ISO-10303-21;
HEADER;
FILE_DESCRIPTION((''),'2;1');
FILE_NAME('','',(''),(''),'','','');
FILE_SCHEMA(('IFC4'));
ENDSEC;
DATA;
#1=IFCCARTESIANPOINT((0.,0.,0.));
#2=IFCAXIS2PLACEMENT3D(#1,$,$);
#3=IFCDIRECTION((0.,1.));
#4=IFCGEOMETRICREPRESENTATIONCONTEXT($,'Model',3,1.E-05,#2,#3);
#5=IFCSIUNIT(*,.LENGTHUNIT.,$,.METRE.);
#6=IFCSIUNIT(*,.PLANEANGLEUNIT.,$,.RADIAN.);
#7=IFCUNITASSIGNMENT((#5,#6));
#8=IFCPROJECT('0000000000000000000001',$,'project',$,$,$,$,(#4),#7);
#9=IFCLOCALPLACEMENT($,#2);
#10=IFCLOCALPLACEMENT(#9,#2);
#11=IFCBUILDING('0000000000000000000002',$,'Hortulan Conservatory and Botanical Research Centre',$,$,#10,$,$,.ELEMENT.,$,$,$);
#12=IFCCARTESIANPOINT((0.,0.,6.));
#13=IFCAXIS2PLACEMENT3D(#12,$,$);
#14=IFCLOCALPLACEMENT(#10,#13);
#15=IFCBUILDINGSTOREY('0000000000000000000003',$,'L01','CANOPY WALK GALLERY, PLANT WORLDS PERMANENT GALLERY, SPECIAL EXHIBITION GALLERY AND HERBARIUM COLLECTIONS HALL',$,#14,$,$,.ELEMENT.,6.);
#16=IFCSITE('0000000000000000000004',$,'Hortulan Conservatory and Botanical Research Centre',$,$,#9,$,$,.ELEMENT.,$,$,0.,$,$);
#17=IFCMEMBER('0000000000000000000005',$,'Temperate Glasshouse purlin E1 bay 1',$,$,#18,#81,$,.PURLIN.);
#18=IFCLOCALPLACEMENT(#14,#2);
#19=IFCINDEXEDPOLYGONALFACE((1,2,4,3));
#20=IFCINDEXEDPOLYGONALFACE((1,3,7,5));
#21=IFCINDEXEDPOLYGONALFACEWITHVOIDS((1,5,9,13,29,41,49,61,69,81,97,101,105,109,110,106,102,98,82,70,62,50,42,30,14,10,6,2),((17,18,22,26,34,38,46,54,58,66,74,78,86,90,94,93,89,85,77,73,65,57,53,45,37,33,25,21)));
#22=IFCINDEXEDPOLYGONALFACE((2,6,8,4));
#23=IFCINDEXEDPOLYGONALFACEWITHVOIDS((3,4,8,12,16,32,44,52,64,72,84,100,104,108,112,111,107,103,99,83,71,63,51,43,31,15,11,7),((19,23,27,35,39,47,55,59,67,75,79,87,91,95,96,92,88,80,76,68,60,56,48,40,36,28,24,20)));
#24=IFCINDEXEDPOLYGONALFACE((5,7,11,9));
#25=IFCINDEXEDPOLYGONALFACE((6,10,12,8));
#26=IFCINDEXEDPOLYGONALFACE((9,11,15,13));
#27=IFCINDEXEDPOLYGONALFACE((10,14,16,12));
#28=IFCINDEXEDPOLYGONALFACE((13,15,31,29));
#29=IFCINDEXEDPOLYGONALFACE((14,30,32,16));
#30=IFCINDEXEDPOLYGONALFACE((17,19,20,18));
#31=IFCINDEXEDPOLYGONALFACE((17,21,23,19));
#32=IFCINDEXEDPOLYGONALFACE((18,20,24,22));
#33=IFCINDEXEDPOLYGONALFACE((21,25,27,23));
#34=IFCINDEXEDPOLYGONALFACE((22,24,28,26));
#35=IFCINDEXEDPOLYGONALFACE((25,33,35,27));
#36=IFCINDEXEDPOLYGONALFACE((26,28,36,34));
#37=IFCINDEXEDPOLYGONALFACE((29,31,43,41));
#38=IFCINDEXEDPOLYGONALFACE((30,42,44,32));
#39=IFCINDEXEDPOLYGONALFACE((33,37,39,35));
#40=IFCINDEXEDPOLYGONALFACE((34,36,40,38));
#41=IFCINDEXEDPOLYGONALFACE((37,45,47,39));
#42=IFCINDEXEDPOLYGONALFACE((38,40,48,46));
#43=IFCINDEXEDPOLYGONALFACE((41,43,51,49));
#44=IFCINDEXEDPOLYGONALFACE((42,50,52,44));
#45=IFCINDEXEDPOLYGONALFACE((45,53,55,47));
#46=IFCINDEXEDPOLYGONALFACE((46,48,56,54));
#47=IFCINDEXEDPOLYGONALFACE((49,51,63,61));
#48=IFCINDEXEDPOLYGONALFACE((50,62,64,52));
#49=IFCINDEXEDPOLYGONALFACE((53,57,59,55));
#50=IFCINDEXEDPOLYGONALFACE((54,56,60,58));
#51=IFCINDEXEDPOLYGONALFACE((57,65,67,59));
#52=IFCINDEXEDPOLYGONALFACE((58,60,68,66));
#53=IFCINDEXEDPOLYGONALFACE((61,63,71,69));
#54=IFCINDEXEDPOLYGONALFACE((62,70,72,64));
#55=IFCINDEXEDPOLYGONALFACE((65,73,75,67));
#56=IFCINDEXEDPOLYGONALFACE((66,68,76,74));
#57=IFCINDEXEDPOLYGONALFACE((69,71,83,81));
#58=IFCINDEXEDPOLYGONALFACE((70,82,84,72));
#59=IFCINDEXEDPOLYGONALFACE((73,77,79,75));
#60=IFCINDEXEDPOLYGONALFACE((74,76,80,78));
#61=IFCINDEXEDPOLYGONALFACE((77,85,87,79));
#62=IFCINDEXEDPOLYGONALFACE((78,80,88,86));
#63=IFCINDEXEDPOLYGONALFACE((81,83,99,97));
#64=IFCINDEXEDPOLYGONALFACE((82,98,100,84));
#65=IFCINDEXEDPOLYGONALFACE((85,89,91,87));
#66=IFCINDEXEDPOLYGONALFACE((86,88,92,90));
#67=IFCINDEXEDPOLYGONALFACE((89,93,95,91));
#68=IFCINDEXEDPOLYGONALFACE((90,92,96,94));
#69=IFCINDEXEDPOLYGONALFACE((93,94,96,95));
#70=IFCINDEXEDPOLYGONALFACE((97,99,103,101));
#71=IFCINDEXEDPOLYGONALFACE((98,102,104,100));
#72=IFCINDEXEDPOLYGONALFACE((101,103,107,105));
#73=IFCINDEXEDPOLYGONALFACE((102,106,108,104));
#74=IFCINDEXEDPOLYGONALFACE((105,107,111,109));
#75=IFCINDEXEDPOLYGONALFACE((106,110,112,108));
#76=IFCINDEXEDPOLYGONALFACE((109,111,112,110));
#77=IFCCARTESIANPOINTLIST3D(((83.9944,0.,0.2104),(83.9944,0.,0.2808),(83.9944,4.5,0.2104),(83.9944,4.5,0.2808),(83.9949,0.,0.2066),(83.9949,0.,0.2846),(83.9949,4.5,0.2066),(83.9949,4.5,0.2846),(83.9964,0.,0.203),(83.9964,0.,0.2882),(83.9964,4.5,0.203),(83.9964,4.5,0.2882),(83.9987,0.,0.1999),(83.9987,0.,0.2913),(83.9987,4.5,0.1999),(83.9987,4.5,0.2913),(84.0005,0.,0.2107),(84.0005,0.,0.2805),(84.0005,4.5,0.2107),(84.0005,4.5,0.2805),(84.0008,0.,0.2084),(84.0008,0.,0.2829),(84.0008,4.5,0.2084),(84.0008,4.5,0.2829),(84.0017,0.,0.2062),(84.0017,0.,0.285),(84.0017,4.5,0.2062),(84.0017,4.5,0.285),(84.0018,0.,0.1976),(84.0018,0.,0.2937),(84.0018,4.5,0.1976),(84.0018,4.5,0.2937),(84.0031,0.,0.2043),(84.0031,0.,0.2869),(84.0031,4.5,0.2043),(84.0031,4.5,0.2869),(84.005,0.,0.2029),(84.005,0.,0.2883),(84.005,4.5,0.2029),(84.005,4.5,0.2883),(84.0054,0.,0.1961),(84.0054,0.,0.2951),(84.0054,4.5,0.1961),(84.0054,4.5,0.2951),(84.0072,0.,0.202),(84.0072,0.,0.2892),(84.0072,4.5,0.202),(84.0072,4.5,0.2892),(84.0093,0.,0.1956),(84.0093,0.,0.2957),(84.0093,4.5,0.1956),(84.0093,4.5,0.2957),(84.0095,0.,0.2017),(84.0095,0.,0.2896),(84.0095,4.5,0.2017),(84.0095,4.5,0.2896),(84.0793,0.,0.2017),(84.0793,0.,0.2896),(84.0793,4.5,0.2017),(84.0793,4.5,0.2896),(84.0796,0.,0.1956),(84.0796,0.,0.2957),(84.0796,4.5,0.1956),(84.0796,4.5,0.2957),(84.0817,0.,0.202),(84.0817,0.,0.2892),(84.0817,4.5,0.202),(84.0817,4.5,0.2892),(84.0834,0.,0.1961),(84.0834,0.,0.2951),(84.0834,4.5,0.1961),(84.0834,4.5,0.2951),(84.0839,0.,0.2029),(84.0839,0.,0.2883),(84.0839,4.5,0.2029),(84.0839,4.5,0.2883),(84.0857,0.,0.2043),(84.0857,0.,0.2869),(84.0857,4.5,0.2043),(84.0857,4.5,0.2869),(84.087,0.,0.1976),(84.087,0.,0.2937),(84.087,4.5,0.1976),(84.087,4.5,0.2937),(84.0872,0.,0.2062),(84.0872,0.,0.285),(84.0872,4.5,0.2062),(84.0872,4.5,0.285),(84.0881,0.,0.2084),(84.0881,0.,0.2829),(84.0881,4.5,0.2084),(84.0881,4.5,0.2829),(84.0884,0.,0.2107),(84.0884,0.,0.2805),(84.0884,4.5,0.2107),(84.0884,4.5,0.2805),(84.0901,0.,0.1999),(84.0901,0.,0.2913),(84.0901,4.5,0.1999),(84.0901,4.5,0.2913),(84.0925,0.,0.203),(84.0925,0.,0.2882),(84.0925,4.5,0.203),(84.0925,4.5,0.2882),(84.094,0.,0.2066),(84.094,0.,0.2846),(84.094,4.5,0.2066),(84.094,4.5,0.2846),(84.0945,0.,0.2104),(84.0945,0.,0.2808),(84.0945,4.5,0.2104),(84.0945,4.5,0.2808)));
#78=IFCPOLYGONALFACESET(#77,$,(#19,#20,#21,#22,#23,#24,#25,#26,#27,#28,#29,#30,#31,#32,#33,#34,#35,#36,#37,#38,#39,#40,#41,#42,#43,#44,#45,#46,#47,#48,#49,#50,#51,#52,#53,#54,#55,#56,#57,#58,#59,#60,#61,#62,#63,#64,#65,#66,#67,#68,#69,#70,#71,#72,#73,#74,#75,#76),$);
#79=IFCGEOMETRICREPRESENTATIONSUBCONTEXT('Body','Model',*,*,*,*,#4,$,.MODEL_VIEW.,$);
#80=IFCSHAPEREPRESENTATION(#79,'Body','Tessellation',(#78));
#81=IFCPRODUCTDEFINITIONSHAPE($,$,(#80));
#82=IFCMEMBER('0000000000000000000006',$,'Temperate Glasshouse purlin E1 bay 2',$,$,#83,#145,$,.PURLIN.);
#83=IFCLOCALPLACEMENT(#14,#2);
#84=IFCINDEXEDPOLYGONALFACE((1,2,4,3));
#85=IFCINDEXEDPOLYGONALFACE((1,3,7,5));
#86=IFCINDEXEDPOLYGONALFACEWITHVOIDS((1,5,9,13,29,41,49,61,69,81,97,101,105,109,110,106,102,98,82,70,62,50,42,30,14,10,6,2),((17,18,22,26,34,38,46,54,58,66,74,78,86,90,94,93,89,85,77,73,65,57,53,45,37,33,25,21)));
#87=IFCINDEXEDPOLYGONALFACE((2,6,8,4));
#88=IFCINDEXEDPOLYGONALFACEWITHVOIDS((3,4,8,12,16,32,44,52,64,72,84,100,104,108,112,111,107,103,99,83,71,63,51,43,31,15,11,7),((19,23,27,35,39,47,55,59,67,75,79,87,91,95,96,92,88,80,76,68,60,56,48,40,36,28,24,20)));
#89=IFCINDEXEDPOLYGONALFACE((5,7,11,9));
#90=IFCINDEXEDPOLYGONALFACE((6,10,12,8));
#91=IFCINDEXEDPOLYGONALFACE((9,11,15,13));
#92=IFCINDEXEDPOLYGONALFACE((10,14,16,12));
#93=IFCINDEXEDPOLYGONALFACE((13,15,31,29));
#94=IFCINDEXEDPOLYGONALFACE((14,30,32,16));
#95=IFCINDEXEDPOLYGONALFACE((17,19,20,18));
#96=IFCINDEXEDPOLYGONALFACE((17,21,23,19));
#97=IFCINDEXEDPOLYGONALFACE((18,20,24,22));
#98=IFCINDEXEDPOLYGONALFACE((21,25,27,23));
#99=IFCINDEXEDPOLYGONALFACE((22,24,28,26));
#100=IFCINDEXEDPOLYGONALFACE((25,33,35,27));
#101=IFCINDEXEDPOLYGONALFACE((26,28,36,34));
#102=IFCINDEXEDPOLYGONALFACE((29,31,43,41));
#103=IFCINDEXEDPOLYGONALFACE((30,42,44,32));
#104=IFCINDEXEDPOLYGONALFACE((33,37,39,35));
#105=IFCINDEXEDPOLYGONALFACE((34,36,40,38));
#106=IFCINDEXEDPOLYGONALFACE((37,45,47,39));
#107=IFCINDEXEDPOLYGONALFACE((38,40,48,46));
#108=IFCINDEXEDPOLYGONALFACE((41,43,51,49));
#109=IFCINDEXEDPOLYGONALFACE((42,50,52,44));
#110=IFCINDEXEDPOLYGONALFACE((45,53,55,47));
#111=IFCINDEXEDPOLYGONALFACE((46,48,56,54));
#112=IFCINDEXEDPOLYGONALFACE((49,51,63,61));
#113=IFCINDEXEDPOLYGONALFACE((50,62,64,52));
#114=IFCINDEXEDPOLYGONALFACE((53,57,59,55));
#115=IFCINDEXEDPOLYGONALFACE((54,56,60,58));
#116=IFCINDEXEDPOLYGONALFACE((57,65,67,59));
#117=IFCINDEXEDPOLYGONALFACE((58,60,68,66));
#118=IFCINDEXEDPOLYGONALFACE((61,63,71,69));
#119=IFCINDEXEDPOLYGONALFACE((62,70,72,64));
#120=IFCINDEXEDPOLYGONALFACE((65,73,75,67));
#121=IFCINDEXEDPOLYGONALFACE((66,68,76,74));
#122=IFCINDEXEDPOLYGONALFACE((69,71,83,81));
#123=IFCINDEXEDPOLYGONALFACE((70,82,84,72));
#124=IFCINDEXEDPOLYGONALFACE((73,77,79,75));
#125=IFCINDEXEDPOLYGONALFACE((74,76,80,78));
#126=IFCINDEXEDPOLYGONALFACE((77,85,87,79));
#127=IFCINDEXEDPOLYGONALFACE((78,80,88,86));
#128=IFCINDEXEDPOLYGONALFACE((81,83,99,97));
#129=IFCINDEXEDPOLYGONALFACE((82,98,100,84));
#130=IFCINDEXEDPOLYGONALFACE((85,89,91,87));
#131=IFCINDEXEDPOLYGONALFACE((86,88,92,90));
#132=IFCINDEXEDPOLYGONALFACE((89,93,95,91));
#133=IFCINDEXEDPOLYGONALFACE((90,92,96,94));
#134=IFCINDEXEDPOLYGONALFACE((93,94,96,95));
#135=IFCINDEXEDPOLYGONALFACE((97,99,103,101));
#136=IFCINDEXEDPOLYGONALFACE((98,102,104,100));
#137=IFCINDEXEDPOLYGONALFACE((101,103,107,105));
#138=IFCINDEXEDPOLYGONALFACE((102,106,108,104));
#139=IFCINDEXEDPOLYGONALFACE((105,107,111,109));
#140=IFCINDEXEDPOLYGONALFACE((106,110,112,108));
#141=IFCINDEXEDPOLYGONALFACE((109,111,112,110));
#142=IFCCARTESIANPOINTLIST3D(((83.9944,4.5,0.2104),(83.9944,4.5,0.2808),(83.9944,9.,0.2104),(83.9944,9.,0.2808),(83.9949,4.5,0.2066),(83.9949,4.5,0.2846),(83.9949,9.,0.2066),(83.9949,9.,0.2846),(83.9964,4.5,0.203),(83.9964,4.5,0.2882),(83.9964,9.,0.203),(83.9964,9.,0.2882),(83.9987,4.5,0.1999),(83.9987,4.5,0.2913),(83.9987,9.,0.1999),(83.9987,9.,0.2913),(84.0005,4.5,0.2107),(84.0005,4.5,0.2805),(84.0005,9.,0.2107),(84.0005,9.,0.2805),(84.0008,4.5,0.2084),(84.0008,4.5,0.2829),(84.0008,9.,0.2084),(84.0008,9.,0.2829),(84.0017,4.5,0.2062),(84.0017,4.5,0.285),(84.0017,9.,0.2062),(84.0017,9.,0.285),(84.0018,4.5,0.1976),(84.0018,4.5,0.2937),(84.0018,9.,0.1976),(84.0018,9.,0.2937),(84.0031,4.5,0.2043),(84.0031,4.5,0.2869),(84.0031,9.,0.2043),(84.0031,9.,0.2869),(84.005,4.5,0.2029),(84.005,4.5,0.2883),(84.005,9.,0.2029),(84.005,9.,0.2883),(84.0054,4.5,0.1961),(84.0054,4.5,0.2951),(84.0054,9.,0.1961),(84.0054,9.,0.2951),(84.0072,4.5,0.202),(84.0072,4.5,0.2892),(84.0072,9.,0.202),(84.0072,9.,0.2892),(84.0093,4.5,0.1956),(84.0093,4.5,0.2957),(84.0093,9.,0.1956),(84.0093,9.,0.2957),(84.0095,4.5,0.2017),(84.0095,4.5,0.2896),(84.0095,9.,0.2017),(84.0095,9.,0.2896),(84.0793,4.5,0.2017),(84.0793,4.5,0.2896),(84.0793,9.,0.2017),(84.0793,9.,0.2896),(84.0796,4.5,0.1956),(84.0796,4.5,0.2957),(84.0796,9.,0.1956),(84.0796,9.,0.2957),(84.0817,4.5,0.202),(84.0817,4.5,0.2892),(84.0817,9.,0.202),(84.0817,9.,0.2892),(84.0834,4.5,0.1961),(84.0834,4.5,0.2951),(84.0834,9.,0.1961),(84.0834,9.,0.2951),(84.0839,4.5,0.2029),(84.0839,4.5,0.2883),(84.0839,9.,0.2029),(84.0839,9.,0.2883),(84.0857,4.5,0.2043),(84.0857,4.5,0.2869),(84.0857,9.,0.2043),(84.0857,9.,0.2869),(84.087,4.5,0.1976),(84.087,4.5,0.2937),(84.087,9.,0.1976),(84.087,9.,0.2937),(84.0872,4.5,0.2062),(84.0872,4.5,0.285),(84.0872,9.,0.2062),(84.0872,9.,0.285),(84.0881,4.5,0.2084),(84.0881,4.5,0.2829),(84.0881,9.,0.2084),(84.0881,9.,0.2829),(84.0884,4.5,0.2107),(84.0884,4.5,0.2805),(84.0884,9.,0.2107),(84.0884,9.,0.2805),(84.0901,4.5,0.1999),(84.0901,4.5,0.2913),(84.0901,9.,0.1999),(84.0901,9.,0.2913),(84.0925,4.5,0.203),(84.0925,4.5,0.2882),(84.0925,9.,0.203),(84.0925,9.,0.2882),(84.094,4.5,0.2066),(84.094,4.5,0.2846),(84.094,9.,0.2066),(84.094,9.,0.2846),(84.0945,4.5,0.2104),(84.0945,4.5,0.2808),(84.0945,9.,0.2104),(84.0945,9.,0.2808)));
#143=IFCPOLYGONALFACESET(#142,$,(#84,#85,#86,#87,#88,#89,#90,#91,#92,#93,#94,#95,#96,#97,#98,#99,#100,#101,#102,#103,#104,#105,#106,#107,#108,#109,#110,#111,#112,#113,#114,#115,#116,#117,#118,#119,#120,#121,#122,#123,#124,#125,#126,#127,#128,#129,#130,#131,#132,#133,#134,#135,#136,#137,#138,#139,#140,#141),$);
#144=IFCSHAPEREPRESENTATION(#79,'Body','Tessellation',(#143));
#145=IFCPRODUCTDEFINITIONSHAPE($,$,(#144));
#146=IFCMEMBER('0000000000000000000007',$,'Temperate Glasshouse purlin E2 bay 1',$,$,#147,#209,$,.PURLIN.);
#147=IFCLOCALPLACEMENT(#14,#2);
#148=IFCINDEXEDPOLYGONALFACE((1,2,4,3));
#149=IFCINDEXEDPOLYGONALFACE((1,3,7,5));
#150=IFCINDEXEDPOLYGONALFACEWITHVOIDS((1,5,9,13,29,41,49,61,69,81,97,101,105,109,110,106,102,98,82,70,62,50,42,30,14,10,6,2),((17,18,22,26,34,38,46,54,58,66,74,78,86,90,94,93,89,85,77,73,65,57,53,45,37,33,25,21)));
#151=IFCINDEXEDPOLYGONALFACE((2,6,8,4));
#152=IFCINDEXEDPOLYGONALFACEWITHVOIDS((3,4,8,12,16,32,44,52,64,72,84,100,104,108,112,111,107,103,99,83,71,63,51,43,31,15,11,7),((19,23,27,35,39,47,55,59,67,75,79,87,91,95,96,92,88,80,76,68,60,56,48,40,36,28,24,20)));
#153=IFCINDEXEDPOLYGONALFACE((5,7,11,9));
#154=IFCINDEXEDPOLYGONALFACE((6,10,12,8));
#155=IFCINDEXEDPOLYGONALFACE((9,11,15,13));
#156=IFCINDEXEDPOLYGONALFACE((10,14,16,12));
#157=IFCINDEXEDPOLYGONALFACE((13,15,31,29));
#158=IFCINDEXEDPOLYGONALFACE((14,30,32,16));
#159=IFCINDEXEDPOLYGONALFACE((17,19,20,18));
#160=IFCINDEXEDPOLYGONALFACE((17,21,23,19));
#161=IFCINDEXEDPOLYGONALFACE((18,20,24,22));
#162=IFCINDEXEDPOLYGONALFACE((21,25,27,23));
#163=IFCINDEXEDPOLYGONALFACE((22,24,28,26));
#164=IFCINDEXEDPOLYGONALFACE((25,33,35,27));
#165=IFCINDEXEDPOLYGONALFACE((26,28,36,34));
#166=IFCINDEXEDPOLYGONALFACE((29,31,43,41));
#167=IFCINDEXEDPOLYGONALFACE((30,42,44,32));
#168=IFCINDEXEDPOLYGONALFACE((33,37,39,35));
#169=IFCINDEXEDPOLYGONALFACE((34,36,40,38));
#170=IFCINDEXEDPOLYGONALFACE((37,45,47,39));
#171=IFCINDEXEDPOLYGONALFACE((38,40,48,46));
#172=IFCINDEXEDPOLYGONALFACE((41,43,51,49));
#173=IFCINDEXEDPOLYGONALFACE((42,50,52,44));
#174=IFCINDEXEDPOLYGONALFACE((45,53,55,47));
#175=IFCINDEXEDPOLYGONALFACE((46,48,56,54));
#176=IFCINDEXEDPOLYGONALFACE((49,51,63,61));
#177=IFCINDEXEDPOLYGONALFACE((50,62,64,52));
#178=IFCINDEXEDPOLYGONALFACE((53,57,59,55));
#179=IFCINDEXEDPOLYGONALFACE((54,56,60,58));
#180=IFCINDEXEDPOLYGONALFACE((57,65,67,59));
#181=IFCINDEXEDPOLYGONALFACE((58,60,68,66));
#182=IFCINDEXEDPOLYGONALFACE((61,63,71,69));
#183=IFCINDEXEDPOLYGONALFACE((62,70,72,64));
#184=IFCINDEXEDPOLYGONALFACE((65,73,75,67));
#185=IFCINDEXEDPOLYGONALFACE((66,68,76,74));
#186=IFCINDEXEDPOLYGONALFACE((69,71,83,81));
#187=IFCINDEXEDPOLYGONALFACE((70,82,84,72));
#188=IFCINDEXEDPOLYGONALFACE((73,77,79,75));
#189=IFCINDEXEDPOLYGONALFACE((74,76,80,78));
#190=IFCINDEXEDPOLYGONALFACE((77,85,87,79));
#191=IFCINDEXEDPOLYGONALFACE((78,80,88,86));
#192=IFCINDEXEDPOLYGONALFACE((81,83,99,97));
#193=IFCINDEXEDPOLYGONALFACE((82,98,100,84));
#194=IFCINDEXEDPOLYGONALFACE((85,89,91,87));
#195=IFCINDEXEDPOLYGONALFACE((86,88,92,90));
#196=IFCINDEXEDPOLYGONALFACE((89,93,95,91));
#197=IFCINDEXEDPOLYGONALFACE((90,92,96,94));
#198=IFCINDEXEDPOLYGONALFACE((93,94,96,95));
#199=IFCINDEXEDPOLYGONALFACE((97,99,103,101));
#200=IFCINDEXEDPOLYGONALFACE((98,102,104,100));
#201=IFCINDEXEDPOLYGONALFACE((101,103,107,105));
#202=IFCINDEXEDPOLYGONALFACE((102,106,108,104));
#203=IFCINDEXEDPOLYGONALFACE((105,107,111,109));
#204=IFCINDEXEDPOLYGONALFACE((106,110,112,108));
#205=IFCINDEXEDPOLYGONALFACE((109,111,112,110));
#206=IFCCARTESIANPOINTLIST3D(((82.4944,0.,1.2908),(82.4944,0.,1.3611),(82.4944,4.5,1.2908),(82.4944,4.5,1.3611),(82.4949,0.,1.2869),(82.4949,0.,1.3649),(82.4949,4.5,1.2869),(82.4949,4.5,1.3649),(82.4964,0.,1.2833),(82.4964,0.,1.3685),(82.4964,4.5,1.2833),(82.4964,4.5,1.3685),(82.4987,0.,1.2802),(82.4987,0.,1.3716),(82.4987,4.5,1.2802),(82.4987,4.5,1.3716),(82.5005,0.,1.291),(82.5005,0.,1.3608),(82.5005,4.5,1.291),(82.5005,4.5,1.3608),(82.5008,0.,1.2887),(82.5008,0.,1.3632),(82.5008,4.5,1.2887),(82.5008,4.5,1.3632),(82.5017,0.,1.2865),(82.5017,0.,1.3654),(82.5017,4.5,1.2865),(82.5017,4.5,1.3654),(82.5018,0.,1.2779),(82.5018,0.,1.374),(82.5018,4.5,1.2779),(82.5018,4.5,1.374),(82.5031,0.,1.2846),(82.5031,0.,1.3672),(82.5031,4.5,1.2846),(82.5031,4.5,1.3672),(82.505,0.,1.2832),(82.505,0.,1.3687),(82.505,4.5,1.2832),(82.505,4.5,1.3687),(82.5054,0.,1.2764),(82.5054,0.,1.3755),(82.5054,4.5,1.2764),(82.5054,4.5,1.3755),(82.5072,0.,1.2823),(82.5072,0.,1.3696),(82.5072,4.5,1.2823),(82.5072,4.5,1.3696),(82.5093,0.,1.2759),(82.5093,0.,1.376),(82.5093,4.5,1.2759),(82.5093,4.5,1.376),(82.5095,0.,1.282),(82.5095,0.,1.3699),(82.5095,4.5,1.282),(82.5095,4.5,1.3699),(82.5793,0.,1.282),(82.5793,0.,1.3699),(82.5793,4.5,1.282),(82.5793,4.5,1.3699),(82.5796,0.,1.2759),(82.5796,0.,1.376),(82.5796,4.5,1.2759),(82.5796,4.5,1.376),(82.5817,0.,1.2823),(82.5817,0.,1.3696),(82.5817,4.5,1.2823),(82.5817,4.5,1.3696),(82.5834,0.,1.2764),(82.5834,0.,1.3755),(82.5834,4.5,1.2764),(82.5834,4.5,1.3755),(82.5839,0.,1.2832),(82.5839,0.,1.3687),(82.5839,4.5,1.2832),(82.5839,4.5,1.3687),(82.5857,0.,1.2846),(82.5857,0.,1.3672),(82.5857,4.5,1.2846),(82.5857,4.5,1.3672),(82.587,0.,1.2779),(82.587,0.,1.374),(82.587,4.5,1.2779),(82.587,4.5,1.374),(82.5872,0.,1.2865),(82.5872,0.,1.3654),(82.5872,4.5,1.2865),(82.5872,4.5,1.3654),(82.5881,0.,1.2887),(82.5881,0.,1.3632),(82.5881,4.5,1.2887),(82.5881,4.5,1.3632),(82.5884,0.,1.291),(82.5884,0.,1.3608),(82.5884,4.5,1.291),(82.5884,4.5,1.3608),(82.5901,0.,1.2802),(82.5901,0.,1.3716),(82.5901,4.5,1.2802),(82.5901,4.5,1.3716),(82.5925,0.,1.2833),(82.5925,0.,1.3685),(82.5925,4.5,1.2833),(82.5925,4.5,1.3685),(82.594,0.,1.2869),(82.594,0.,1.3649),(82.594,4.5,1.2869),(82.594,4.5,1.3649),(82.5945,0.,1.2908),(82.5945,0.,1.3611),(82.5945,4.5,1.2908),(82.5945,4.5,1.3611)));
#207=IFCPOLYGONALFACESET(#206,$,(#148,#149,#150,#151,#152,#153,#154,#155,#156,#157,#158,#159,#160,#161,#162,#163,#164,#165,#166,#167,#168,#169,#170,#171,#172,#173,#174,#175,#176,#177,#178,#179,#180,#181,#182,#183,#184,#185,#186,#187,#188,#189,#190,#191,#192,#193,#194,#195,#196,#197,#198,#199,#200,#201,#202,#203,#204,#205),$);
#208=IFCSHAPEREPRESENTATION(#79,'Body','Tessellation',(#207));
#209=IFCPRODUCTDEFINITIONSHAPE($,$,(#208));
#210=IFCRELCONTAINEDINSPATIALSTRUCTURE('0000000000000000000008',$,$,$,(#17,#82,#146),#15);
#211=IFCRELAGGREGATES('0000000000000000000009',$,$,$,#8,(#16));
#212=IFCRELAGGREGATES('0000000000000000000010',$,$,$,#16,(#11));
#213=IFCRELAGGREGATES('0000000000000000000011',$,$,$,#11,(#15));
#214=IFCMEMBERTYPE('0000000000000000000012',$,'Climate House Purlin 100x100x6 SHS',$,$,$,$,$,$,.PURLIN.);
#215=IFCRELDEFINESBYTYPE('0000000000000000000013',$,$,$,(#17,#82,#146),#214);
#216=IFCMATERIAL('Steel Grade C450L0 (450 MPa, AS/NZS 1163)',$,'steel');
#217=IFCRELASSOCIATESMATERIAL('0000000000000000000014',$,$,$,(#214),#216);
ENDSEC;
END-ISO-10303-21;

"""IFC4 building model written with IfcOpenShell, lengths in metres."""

from ifc_helpers import new_model, si_unit, direction, frame, origin, origin_2d, place, context, subcontext, project, spatial, hollow_rectangle, extrude, material, material_profile, profile_set, type_object, element, save


model = new_model("IFC4")

# Units and contexts
model_context = context("Model", 3, precision=1e-05, world=origin(), true_north=direction((0.0, 1.0)))
body_context = subcontext(model_context, "Body", "Model", "MODEL_VIEW")
ifc_project = project(units=[si_unit("LENGTHUNIT", "METRE"), si_unit("PLANEANGLEUNIT", "RADIAN")], contexts=[model_context])

# Site, building, storey
site_placement = place(None, origin())
site = spatial("IfcSite", under=ifc_project, at=site_placement, Name="Hortulan Conservatory and Botanical Research Centre", CompositionType="ELEMENT", RefElevation=0.0)
building_placement = place(site_placement, origin())
building = spatial("IfcBuilding", under=site, at=building_placement, Name="Hortulan Conservatory and Botanical Research Centre", CompositionType="ELEMENT")
storey_placement = place(building_placement, frame((0.0, 0.0, 6.0)))
storey = spatial("IfcBuildingStorey", under=building, at=storey_placement, Name="L01", Description="CANOPY WALK GALLERY, PLANT WORLDS PERMANENT GALLERY, SPECIAL EXHIBITION GALLERY AND HERBARIUM COLLECTIONS HALL", CompositionType="ELEMENT", Elevation=6.0)

# Members
ifc_material_1 = material(Name="Steel Grade C450L0 (450 MPa, AS/NZS 1163)", Category="steel")
ifc_material_profile_1 = material_profile(ifc_material_1, hollow_rectangle(XDim=0.1001, YDim=0.1001, WallThickness=0.0061, InnerFilletRadius=0.009, OuterFilletRadius=0.0149, at=origin_2d()), Name="100x100x6SHS")
ifc_profile_set_1 = profile_set([ifc_material_profile_1], Name="Steel Grade C450L0 (450 MPa, AS/NZS 1163)")
member_type_1 = type_object("IfcMemberType", Name="Climate House Purlin 100x100x6 SHS", PredefinedType="PURLIN", material=ifc_profile_set_1)
for number, where, z_axis, x_axis, name in (
    (1, (84.0444, 0.0, 0.2456), (0.0, 1.0, 0.0), (-1.0, 0.0, 0.0), "Temperate Glasshouse purlin E1 bay 1"),
    (2, (84.0444, 4.5, 0.2456), (0.0, 1.0, 0.0), (-1.0, 0.0, 0.0), "Temperate Glasshouse purlin E1 bay 2"),
    (3, (82.5444, 0.0, 1.3259), (0.0, 1.0, 0.0), (-1.0, 0.0, 0.0), "Temperate Glasshouse purlin E2 bay 1"),
):
    element("IfcMember", number, at=place(storey_placement, frame(where, z_axis=z_axis, x_axis=x_axis)), inside=storey, type_object=member_type_1, Name=name, PredefinedType="PURLIN", context=body_context, shape_type="SweptSolid", body=[
        extrude(hollow_rectangle(XDim=0.1001, YDim=0.1001, WallThickness=0.0061, InnerFilletRadius=0.009, OuterFilletRadius=0.0149, at=origin_2d()), origin(), (0.0, 0.0, 1.0), 4.5),
    ])

save(model, "model.ifc")
